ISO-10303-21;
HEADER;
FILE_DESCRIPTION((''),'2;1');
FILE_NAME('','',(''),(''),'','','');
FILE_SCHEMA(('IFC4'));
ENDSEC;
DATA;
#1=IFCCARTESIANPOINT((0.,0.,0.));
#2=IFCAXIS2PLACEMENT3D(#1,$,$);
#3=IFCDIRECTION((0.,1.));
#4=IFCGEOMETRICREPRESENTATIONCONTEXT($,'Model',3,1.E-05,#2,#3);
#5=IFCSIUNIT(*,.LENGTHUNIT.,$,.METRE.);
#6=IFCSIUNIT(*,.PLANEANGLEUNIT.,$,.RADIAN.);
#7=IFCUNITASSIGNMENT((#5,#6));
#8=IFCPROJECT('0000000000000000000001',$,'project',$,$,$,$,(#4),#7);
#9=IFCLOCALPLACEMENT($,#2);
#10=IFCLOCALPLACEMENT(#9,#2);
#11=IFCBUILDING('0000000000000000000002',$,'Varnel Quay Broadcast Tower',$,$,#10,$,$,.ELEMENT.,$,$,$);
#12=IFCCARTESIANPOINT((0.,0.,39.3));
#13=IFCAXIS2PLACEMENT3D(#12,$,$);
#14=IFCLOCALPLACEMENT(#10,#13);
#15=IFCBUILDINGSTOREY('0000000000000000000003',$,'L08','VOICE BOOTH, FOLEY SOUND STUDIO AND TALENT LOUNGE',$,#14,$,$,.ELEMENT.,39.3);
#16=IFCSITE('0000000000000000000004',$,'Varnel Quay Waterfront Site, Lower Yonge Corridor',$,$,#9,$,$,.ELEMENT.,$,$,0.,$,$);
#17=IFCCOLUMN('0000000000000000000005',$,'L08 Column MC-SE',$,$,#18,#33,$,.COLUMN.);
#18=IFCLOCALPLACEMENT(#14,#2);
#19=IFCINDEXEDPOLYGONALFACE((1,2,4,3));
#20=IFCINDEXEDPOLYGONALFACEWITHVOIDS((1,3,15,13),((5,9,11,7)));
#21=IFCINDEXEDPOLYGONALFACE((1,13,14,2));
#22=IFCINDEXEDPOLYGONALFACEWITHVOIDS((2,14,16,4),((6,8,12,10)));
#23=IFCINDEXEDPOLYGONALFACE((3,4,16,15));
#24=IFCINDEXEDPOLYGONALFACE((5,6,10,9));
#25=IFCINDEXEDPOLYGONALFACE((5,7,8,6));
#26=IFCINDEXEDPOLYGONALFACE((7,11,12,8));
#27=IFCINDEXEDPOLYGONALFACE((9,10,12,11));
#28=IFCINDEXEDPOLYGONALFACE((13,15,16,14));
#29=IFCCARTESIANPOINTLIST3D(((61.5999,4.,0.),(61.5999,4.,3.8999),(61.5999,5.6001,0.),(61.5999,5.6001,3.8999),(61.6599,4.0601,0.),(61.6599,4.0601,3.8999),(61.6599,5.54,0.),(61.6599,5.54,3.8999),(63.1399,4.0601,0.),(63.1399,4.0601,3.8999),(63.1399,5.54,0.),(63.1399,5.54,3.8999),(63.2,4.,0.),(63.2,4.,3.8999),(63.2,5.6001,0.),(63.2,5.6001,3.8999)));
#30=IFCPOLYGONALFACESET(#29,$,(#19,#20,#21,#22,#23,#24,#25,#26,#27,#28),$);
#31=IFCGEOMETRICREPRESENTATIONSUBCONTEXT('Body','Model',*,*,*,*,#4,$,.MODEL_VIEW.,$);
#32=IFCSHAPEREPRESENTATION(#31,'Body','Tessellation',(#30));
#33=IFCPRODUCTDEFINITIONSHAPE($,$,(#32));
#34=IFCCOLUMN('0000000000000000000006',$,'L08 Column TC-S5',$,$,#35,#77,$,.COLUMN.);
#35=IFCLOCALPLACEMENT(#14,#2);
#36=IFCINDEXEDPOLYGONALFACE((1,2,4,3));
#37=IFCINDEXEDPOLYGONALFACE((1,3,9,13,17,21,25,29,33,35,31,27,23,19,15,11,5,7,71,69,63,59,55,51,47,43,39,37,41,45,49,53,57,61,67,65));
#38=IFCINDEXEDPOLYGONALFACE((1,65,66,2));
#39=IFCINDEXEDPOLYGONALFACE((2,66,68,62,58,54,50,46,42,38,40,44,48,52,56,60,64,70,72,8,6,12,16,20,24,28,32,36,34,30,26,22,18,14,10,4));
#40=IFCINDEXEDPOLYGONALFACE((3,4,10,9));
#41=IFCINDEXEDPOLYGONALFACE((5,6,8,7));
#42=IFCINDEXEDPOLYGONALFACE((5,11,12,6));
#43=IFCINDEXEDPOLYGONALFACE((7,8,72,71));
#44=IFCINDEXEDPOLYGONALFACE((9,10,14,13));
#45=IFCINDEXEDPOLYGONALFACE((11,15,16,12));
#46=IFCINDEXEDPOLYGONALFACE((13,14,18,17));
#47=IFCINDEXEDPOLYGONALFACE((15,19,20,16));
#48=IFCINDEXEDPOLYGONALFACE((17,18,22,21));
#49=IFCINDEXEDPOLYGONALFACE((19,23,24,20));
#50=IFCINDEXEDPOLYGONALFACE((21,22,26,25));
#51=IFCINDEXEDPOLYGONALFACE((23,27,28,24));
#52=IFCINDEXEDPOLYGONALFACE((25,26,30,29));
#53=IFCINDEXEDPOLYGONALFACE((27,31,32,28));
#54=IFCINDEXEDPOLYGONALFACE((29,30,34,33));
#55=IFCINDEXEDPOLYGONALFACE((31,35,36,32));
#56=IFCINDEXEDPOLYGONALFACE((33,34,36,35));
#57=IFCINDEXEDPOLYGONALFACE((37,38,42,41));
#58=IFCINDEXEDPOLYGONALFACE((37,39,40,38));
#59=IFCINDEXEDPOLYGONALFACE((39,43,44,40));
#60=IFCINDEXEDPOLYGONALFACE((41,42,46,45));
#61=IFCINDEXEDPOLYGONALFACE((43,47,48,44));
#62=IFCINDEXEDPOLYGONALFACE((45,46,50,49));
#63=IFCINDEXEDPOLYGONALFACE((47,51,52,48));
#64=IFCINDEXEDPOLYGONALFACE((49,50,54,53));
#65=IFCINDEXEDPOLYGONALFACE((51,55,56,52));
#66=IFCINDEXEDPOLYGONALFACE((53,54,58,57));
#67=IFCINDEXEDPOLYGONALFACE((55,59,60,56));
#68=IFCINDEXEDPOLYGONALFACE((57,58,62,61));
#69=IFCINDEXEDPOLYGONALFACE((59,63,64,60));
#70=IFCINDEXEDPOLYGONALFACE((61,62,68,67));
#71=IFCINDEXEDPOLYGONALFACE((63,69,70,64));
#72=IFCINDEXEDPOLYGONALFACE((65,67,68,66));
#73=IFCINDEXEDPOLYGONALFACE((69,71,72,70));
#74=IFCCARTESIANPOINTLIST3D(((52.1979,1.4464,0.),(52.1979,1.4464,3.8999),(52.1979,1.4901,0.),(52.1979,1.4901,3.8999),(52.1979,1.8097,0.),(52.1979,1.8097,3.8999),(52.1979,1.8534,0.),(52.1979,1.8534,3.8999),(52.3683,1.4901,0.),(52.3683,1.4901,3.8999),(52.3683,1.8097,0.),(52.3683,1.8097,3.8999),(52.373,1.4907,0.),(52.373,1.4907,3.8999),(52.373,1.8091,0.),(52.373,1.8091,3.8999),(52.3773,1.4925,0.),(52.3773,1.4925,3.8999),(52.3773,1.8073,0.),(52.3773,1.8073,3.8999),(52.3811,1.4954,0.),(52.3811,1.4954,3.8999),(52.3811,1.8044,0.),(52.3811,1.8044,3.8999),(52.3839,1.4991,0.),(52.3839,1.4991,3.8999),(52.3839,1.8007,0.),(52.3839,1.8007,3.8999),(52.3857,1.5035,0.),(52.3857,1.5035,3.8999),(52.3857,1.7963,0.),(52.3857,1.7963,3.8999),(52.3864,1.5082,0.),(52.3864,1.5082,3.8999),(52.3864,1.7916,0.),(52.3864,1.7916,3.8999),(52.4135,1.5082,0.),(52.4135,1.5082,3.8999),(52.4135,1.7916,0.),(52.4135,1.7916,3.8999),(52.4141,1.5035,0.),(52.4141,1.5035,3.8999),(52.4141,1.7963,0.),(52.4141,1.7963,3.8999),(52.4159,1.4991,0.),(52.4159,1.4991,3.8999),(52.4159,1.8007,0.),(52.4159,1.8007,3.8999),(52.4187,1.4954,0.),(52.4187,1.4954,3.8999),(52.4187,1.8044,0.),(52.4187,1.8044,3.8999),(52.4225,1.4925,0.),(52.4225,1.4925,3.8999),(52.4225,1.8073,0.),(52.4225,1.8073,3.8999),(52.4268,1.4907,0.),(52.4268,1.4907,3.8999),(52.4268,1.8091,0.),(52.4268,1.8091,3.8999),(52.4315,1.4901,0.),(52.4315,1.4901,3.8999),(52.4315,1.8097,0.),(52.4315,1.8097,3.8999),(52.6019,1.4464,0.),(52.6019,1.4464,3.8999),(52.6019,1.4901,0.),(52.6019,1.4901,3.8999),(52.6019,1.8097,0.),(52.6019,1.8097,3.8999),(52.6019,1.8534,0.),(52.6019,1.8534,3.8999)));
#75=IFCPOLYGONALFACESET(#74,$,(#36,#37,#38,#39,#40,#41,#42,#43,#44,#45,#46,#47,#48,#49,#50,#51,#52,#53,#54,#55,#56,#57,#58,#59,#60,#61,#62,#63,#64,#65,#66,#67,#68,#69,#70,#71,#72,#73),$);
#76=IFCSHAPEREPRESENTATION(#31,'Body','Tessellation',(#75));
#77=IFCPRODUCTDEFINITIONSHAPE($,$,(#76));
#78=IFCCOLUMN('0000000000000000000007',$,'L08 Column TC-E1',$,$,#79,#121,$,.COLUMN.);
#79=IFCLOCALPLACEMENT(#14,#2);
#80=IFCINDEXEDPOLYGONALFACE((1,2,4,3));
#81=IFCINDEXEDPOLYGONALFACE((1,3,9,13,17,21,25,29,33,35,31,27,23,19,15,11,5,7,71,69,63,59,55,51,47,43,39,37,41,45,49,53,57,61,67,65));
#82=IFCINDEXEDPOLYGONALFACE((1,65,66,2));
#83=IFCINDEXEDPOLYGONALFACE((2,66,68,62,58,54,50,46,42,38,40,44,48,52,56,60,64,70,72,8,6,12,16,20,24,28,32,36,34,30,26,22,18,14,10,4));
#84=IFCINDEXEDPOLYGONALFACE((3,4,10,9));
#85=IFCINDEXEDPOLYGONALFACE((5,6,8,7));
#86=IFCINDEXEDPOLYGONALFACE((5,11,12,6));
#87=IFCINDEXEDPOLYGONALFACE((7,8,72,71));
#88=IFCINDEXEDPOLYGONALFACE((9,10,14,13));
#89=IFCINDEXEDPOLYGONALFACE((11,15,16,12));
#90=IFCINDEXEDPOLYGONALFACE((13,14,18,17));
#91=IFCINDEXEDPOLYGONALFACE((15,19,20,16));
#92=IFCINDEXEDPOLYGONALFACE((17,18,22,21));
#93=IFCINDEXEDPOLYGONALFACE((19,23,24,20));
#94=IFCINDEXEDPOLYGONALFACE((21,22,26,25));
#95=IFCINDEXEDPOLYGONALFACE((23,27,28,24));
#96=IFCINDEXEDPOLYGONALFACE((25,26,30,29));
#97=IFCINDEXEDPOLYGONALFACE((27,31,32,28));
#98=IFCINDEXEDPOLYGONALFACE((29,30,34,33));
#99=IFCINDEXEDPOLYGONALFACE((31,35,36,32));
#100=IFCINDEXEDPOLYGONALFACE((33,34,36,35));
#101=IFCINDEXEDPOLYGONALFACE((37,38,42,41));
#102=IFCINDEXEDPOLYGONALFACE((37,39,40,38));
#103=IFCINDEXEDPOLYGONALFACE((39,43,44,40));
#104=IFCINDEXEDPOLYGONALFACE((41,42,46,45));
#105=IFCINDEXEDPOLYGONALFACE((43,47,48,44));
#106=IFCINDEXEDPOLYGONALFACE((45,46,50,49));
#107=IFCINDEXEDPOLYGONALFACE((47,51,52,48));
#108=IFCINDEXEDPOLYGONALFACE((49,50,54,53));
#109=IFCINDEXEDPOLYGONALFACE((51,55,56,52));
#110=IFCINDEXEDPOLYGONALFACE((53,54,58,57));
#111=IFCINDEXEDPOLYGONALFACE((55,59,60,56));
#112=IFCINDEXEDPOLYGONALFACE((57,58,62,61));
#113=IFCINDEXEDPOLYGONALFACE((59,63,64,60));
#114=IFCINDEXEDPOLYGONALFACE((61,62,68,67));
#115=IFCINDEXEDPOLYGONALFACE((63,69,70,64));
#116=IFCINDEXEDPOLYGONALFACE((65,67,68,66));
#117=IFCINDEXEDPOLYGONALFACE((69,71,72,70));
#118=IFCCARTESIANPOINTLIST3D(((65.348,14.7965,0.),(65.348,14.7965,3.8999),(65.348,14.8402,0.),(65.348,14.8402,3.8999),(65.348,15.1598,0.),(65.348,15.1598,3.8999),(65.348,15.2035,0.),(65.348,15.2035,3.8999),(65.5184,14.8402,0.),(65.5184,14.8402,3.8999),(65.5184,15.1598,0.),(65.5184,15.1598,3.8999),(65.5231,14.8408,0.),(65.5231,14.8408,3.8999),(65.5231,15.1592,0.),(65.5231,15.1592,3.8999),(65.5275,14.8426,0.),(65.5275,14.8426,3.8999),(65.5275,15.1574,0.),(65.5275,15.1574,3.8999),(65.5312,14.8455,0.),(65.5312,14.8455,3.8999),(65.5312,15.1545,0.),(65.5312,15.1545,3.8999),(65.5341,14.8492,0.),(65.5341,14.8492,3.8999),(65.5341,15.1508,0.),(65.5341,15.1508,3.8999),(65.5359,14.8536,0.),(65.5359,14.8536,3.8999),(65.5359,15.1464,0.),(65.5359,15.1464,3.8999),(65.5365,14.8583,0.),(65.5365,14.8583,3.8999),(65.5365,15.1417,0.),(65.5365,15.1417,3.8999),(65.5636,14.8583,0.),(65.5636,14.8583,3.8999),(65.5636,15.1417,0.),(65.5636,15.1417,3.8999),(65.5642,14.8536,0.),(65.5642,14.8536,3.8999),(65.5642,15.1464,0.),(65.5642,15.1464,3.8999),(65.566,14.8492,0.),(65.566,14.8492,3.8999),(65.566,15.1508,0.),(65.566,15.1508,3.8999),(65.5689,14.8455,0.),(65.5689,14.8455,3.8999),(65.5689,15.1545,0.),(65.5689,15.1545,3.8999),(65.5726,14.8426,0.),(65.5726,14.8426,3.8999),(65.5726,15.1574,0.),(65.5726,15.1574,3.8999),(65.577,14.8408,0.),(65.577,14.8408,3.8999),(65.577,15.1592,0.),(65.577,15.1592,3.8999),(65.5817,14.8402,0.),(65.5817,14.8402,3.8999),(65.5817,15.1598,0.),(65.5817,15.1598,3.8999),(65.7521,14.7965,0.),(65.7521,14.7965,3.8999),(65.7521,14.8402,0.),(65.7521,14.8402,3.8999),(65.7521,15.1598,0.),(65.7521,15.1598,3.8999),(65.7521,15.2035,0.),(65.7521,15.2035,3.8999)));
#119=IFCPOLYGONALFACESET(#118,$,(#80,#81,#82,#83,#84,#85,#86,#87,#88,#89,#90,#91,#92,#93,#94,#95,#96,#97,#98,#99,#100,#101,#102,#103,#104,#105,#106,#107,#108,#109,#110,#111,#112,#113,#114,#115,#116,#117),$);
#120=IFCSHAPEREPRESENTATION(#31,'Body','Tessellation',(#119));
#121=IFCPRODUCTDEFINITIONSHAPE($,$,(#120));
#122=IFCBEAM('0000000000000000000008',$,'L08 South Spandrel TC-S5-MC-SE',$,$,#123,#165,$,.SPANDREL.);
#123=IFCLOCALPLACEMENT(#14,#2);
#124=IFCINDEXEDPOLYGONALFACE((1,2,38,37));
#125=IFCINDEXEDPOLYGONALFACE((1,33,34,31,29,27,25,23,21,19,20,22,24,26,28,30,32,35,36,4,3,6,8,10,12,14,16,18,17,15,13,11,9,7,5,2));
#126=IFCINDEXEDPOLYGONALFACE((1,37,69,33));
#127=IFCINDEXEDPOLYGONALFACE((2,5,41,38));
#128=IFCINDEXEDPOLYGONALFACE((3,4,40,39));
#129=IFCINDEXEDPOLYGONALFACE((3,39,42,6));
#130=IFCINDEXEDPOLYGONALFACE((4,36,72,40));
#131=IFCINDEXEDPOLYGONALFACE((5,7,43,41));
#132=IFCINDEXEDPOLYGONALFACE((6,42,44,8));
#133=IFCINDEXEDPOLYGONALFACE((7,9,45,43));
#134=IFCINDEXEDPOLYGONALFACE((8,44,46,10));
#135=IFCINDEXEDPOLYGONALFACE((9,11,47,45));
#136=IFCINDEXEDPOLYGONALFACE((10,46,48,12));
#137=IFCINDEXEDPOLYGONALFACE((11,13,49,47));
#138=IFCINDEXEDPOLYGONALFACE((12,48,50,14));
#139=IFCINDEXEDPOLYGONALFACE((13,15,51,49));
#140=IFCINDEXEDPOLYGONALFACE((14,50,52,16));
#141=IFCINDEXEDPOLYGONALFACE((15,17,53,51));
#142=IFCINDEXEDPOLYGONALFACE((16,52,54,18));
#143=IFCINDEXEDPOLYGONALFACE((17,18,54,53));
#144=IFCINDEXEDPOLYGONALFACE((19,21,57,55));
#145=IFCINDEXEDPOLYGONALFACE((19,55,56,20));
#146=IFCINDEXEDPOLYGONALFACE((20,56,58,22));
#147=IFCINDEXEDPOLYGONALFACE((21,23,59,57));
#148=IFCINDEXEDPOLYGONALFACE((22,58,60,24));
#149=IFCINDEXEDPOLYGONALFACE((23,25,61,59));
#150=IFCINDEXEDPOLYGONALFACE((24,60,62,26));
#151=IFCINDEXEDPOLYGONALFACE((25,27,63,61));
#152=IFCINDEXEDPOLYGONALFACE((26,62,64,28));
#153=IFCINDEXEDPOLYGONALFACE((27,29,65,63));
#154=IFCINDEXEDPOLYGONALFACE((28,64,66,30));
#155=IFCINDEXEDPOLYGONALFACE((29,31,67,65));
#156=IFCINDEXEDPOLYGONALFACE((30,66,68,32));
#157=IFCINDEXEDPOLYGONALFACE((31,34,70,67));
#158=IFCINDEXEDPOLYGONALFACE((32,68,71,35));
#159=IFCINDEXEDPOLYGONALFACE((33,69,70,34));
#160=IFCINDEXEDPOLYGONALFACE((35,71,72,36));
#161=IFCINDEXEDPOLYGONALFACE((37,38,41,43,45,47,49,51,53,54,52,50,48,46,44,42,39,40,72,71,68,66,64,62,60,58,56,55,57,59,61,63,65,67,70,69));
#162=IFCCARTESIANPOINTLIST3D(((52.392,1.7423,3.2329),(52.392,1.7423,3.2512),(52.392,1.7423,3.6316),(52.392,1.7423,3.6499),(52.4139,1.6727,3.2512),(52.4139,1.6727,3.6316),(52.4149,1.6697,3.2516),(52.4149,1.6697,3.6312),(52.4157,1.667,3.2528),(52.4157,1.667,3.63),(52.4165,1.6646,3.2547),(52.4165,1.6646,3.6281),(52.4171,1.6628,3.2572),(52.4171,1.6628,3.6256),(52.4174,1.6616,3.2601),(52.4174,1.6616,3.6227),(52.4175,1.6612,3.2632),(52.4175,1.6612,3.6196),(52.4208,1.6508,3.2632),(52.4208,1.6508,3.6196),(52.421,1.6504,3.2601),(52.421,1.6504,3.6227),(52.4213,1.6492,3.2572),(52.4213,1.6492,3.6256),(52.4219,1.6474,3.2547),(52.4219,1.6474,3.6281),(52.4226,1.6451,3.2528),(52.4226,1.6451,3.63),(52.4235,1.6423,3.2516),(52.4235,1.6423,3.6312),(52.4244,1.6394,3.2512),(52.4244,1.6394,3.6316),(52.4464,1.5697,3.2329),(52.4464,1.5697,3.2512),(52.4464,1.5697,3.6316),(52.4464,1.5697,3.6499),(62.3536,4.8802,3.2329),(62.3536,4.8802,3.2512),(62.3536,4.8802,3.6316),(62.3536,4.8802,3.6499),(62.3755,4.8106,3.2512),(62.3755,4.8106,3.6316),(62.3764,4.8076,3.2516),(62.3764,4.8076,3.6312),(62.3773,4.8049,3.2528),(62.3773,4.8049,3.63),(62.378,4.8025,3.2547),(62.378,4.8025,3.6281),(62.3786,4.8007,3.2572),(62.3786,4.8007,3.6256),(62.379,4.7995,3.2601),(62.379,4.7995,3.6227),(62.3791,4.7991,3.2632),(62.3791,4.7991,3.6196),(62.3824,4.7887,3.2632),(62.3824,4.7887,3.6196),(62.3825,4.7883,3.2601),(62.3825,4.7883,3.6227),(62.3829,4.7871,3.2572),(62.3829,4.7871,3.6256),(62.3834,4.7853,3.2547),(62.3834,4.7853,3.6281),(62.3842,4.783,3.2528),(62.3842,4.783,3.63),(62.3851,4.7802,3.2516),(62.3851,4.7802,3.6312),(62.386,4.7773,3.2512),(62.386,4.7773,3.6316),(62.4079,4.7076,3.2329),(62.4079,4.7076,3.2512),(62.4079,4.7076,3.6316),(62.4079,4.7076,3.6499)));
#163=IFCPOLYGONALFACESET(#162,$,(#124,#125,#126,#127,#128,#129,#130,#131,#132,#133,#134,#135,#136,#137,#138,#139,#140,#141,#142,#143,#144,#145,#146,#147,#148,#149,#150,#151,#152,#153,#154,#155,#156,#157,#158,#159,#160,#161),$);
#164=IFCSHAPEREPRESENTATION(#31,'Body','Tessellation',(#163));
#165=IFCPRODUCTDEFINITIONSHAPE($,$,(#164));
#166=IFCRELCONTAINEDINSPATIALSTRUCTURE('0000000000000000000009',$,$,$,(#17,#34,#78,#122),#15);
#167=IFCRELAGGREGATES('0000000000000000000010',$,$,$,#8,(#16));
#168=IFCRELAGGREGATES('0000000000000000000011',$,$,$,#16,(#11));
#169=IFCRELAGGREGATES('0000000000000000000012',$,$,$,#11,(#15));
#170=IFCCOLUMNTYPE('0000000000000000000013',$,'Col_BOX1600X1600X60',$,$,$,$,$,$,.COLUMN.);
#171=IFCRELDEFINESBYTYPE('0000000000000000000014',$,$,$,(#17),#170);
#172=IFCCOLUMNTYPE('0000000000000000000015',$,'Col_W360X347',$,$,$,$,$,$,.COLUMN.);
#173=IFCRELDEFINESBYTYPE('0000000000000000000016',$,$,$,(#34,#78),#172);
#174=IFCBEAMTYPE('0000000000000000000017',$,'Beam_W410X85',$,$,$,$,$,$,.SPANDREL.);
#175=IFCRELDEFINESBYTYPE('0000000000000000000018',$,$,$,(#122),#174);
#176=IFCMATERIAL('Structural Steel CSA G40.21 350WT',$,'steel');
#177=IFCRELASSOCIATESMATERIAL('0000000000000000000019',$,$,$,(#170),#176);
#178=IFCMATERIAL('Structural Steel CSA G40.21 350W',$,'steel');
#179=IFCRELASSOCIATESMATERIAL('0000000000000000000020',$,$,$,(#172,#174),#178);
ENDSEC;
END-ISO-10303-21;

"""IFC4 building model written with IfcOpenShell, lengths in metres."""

from ifc_helpers import new_model, si_unit, direction, frame, origin, origin_2d, place, context, subcontext, project, spatial, hollow_rectangle, i_section, extrude, source, transform, mapped, material, material_profile, profile_set, type_object, type_shapes, element, save


model = new_model("IFC4")

# Units and contexts
model_context = context("Model", 3, precision=1e-05, world=origin(), true_north=direction((0.0, 1.0)))
body_context = subcontext(model_context, "Body", "Model", "MODEL_VIEW")
ifc_project = project(units=[si_unit("LENGTHUNIT", "METRE"), si_unit("PLANEANGLEUNIT", "RADIAN")], contexts=[model_context])

# Site, building, storey
site_placement = place(None, origin())
site = spatial("IfcSite", under=ifc_project, at=site_placement, Name="Varnel Quay Waterfront Site, Lower Yonge Corridor", CompositionType="ELEMENT", RefElevation=0.0)
building_placement = place(site_placement, origin())
building = spatial("IfcBuilding", under=site, at=building_placement, Name="Varnel Quay Broadcast Tower", CompositionType="ELEMENT")
storey_placement = place(building_placement, frame((0.0, 0.0, 39.3)))
storey = spatial("IfcBuildingStorey", under=building, at=storey_placement, Name="L08", Description="VOICE BOOTH, FOLEY SOUND STUDIO AND TALENT LOUNGE", CompositionType="ELEMENT", Elevation=39.3)

# Columns
ifc_material_1 = material(Name="Structural Steel CSA G40.21 350WT", Category="steel")
ifc_material_profile_1 = material_profile(ifc_material_1, hollow_rectangle(XDim=1.6001, YDim=1.6001, WallThickness=0.0601, at=origin_2d()), Name="BOX1600X1600X60")
ifc_profile_set_1 = profile_set([ifc_material_profile_1], Name="Structural Steel CSA G40.21 350WT")
column_type_1 = type_object("IfcColumnType", Name="Col_BOX1600X1600X60", PredefinedType="COLUMN", material=ifc_profile_set_1)
shared_shape_1 = source(origin(), body_context, "Body", "SweptSolid", [
    extrude(hollow_rectangle(XDim=1.6001, YDim=1.6001, WallThickness=0.0601, at=origin_2d()), origin(), (0.0, 0.0, 1.0), 3.8999),
])
type_shapes(column_type_1, [shared_shape_1])
column_placement = place(storey_placement, frame((62.3999, 4.8, 0.0), z_axis=(0.0, 0.0, 1.0), x_axis=(1.0, 0.0, 0.0)))
element("IfcColumn", 1, at=column_placement, inside=storey, type_object=column_type_1, Name="L08 Column MC-SE", PredefinedType="COLUMN", context=body_context, shape_type="MappedRepresentation", body=[
    mapped(shared_shape_1, transform((0.0, 0.0, 0.0), x_axis=(1.0, 0.0, 0.0), y_axis=(0.0, 1.0, 0.0), z_axis=(0.0, 0.0, 1.0), scale=1.0)),
])
ifc_material_2 = material(Name="Structural Steel CSA G40.21 350W", Category="steel")
ifc_material_profile_2 = material_profile(ifc_material_2, i_section(OverallWidth=0.4041, OverallDepth=0.407, WebThickness=0.0271, FlangeThickness=0.0437, FilletRadius=0.0181, at=origin_2d()), Name="W360X347")
ifc_profile_set_2 = profile_set([ifc_material_profile_2], Name="Structural Steel CSA G40.21 350W")
column_type_2 = type_object("IfcColumnType", Name="Col_W360X347", PredefinedType="COLUMN", material=ifc_profile_set_2)
shared_shape_2 = source(origin(), body_context, "Body", "SweptSolid", [
    extrude(i_section(OverallWidth=0.4041, OverallDepth=0.407, WebThickness=0.0271, FlangeThickness=0.0437, FilletRadius=0.0181, at=origin_2d()), origin(), (0.0, 0.0, 1.0), 3.8999),
])
type_shapes(column_type_2, [shared_shape_2])
for number, where, z_axis, x_axis, name in (
    (2, (52.3999, 1.6499, 0.0), (0.0, 0.0, 1.0), (1.0, 0.0, 0.0), "L08 Column TC-S5"),
    (3, (65.55, 15.0, 0.0), (0.0, 0.0, 1.0), (1.0, 0.0, 0.0), "L08 Column TC-E1"),
):
    element("IfcColumn", number, at=place(storey_placement, frame(where, z_axis=z_axis, x_axis=x_axis)), inside=storey, type_object=column_type_2, Name=name, PredefinedType="COLUMN", context=body_context, shape_type="MappedRepresentation", body=[
        mapped(shared_shape_2, transform((0.0, 0.0, 0.0), x_axis=(1.0, 0.0, 0.0), y_axis=(0.0, 1.0, 0.0), z_axis=(0.0, 0.0, 1.0), scale=1.0)),
    ])

# Beam
ifc_material_profile_3 = material_profile(ifc_material_2, i_section(OverallWidth=0.1809, OverallDepth=0.417, WebThickness=0.011, FlangeThickness=0.0183, FilletRadius=0.012, at=origin_2d()), Name="W410X85")
ifc_profile_set_3 = profile_set([ifc_material_profile_3], Name="Structural Steel CSA G40.21 350W")
beam_type = type_object("IfcBeamType", Name="Beam_W410X85", PredefinedType="SPANDREL", material=ifc_profile_set_3)
shared_shape_3 = source(origin(), body_context, "Body", "SweptSolid", [
    extrude(i_section(OverallWidth=0.1809, OverallDepth=0.417, WebThickness=0.011, FlangeThickness=0.0183, FilletRadius=0.012, at=origin_2d()), origin(), (0.0, 0.0, 1.0), 10.4441),
])
beam_1_placement = place(storey_placement, frame((52.4192, 1.656, 3.4414), z_axis=(0.953798, 0.300448, 0.0), x_axis=(-0.300448, 0.953798, 0.0)))
element("IfcBeam", 4, at=beam_1_placement, inside=storey, type_object=beam_type, Name="L08 South Spandrel TC-S5-MC-SE", PredefinedType="SPANDREL", context=body_context, shape_type="MappedRepresentation", body=[
    mapped(shared_shape_3, transform((0.0, 0.0, 0.0), x_axis=(1.0, 0.0, 0.0), y_axis=(0.0, 1.0, 0.0), z_axis=(0.0, 0.0, 1.0), scale=1.0)),
])

save(model, "model.ifc")
